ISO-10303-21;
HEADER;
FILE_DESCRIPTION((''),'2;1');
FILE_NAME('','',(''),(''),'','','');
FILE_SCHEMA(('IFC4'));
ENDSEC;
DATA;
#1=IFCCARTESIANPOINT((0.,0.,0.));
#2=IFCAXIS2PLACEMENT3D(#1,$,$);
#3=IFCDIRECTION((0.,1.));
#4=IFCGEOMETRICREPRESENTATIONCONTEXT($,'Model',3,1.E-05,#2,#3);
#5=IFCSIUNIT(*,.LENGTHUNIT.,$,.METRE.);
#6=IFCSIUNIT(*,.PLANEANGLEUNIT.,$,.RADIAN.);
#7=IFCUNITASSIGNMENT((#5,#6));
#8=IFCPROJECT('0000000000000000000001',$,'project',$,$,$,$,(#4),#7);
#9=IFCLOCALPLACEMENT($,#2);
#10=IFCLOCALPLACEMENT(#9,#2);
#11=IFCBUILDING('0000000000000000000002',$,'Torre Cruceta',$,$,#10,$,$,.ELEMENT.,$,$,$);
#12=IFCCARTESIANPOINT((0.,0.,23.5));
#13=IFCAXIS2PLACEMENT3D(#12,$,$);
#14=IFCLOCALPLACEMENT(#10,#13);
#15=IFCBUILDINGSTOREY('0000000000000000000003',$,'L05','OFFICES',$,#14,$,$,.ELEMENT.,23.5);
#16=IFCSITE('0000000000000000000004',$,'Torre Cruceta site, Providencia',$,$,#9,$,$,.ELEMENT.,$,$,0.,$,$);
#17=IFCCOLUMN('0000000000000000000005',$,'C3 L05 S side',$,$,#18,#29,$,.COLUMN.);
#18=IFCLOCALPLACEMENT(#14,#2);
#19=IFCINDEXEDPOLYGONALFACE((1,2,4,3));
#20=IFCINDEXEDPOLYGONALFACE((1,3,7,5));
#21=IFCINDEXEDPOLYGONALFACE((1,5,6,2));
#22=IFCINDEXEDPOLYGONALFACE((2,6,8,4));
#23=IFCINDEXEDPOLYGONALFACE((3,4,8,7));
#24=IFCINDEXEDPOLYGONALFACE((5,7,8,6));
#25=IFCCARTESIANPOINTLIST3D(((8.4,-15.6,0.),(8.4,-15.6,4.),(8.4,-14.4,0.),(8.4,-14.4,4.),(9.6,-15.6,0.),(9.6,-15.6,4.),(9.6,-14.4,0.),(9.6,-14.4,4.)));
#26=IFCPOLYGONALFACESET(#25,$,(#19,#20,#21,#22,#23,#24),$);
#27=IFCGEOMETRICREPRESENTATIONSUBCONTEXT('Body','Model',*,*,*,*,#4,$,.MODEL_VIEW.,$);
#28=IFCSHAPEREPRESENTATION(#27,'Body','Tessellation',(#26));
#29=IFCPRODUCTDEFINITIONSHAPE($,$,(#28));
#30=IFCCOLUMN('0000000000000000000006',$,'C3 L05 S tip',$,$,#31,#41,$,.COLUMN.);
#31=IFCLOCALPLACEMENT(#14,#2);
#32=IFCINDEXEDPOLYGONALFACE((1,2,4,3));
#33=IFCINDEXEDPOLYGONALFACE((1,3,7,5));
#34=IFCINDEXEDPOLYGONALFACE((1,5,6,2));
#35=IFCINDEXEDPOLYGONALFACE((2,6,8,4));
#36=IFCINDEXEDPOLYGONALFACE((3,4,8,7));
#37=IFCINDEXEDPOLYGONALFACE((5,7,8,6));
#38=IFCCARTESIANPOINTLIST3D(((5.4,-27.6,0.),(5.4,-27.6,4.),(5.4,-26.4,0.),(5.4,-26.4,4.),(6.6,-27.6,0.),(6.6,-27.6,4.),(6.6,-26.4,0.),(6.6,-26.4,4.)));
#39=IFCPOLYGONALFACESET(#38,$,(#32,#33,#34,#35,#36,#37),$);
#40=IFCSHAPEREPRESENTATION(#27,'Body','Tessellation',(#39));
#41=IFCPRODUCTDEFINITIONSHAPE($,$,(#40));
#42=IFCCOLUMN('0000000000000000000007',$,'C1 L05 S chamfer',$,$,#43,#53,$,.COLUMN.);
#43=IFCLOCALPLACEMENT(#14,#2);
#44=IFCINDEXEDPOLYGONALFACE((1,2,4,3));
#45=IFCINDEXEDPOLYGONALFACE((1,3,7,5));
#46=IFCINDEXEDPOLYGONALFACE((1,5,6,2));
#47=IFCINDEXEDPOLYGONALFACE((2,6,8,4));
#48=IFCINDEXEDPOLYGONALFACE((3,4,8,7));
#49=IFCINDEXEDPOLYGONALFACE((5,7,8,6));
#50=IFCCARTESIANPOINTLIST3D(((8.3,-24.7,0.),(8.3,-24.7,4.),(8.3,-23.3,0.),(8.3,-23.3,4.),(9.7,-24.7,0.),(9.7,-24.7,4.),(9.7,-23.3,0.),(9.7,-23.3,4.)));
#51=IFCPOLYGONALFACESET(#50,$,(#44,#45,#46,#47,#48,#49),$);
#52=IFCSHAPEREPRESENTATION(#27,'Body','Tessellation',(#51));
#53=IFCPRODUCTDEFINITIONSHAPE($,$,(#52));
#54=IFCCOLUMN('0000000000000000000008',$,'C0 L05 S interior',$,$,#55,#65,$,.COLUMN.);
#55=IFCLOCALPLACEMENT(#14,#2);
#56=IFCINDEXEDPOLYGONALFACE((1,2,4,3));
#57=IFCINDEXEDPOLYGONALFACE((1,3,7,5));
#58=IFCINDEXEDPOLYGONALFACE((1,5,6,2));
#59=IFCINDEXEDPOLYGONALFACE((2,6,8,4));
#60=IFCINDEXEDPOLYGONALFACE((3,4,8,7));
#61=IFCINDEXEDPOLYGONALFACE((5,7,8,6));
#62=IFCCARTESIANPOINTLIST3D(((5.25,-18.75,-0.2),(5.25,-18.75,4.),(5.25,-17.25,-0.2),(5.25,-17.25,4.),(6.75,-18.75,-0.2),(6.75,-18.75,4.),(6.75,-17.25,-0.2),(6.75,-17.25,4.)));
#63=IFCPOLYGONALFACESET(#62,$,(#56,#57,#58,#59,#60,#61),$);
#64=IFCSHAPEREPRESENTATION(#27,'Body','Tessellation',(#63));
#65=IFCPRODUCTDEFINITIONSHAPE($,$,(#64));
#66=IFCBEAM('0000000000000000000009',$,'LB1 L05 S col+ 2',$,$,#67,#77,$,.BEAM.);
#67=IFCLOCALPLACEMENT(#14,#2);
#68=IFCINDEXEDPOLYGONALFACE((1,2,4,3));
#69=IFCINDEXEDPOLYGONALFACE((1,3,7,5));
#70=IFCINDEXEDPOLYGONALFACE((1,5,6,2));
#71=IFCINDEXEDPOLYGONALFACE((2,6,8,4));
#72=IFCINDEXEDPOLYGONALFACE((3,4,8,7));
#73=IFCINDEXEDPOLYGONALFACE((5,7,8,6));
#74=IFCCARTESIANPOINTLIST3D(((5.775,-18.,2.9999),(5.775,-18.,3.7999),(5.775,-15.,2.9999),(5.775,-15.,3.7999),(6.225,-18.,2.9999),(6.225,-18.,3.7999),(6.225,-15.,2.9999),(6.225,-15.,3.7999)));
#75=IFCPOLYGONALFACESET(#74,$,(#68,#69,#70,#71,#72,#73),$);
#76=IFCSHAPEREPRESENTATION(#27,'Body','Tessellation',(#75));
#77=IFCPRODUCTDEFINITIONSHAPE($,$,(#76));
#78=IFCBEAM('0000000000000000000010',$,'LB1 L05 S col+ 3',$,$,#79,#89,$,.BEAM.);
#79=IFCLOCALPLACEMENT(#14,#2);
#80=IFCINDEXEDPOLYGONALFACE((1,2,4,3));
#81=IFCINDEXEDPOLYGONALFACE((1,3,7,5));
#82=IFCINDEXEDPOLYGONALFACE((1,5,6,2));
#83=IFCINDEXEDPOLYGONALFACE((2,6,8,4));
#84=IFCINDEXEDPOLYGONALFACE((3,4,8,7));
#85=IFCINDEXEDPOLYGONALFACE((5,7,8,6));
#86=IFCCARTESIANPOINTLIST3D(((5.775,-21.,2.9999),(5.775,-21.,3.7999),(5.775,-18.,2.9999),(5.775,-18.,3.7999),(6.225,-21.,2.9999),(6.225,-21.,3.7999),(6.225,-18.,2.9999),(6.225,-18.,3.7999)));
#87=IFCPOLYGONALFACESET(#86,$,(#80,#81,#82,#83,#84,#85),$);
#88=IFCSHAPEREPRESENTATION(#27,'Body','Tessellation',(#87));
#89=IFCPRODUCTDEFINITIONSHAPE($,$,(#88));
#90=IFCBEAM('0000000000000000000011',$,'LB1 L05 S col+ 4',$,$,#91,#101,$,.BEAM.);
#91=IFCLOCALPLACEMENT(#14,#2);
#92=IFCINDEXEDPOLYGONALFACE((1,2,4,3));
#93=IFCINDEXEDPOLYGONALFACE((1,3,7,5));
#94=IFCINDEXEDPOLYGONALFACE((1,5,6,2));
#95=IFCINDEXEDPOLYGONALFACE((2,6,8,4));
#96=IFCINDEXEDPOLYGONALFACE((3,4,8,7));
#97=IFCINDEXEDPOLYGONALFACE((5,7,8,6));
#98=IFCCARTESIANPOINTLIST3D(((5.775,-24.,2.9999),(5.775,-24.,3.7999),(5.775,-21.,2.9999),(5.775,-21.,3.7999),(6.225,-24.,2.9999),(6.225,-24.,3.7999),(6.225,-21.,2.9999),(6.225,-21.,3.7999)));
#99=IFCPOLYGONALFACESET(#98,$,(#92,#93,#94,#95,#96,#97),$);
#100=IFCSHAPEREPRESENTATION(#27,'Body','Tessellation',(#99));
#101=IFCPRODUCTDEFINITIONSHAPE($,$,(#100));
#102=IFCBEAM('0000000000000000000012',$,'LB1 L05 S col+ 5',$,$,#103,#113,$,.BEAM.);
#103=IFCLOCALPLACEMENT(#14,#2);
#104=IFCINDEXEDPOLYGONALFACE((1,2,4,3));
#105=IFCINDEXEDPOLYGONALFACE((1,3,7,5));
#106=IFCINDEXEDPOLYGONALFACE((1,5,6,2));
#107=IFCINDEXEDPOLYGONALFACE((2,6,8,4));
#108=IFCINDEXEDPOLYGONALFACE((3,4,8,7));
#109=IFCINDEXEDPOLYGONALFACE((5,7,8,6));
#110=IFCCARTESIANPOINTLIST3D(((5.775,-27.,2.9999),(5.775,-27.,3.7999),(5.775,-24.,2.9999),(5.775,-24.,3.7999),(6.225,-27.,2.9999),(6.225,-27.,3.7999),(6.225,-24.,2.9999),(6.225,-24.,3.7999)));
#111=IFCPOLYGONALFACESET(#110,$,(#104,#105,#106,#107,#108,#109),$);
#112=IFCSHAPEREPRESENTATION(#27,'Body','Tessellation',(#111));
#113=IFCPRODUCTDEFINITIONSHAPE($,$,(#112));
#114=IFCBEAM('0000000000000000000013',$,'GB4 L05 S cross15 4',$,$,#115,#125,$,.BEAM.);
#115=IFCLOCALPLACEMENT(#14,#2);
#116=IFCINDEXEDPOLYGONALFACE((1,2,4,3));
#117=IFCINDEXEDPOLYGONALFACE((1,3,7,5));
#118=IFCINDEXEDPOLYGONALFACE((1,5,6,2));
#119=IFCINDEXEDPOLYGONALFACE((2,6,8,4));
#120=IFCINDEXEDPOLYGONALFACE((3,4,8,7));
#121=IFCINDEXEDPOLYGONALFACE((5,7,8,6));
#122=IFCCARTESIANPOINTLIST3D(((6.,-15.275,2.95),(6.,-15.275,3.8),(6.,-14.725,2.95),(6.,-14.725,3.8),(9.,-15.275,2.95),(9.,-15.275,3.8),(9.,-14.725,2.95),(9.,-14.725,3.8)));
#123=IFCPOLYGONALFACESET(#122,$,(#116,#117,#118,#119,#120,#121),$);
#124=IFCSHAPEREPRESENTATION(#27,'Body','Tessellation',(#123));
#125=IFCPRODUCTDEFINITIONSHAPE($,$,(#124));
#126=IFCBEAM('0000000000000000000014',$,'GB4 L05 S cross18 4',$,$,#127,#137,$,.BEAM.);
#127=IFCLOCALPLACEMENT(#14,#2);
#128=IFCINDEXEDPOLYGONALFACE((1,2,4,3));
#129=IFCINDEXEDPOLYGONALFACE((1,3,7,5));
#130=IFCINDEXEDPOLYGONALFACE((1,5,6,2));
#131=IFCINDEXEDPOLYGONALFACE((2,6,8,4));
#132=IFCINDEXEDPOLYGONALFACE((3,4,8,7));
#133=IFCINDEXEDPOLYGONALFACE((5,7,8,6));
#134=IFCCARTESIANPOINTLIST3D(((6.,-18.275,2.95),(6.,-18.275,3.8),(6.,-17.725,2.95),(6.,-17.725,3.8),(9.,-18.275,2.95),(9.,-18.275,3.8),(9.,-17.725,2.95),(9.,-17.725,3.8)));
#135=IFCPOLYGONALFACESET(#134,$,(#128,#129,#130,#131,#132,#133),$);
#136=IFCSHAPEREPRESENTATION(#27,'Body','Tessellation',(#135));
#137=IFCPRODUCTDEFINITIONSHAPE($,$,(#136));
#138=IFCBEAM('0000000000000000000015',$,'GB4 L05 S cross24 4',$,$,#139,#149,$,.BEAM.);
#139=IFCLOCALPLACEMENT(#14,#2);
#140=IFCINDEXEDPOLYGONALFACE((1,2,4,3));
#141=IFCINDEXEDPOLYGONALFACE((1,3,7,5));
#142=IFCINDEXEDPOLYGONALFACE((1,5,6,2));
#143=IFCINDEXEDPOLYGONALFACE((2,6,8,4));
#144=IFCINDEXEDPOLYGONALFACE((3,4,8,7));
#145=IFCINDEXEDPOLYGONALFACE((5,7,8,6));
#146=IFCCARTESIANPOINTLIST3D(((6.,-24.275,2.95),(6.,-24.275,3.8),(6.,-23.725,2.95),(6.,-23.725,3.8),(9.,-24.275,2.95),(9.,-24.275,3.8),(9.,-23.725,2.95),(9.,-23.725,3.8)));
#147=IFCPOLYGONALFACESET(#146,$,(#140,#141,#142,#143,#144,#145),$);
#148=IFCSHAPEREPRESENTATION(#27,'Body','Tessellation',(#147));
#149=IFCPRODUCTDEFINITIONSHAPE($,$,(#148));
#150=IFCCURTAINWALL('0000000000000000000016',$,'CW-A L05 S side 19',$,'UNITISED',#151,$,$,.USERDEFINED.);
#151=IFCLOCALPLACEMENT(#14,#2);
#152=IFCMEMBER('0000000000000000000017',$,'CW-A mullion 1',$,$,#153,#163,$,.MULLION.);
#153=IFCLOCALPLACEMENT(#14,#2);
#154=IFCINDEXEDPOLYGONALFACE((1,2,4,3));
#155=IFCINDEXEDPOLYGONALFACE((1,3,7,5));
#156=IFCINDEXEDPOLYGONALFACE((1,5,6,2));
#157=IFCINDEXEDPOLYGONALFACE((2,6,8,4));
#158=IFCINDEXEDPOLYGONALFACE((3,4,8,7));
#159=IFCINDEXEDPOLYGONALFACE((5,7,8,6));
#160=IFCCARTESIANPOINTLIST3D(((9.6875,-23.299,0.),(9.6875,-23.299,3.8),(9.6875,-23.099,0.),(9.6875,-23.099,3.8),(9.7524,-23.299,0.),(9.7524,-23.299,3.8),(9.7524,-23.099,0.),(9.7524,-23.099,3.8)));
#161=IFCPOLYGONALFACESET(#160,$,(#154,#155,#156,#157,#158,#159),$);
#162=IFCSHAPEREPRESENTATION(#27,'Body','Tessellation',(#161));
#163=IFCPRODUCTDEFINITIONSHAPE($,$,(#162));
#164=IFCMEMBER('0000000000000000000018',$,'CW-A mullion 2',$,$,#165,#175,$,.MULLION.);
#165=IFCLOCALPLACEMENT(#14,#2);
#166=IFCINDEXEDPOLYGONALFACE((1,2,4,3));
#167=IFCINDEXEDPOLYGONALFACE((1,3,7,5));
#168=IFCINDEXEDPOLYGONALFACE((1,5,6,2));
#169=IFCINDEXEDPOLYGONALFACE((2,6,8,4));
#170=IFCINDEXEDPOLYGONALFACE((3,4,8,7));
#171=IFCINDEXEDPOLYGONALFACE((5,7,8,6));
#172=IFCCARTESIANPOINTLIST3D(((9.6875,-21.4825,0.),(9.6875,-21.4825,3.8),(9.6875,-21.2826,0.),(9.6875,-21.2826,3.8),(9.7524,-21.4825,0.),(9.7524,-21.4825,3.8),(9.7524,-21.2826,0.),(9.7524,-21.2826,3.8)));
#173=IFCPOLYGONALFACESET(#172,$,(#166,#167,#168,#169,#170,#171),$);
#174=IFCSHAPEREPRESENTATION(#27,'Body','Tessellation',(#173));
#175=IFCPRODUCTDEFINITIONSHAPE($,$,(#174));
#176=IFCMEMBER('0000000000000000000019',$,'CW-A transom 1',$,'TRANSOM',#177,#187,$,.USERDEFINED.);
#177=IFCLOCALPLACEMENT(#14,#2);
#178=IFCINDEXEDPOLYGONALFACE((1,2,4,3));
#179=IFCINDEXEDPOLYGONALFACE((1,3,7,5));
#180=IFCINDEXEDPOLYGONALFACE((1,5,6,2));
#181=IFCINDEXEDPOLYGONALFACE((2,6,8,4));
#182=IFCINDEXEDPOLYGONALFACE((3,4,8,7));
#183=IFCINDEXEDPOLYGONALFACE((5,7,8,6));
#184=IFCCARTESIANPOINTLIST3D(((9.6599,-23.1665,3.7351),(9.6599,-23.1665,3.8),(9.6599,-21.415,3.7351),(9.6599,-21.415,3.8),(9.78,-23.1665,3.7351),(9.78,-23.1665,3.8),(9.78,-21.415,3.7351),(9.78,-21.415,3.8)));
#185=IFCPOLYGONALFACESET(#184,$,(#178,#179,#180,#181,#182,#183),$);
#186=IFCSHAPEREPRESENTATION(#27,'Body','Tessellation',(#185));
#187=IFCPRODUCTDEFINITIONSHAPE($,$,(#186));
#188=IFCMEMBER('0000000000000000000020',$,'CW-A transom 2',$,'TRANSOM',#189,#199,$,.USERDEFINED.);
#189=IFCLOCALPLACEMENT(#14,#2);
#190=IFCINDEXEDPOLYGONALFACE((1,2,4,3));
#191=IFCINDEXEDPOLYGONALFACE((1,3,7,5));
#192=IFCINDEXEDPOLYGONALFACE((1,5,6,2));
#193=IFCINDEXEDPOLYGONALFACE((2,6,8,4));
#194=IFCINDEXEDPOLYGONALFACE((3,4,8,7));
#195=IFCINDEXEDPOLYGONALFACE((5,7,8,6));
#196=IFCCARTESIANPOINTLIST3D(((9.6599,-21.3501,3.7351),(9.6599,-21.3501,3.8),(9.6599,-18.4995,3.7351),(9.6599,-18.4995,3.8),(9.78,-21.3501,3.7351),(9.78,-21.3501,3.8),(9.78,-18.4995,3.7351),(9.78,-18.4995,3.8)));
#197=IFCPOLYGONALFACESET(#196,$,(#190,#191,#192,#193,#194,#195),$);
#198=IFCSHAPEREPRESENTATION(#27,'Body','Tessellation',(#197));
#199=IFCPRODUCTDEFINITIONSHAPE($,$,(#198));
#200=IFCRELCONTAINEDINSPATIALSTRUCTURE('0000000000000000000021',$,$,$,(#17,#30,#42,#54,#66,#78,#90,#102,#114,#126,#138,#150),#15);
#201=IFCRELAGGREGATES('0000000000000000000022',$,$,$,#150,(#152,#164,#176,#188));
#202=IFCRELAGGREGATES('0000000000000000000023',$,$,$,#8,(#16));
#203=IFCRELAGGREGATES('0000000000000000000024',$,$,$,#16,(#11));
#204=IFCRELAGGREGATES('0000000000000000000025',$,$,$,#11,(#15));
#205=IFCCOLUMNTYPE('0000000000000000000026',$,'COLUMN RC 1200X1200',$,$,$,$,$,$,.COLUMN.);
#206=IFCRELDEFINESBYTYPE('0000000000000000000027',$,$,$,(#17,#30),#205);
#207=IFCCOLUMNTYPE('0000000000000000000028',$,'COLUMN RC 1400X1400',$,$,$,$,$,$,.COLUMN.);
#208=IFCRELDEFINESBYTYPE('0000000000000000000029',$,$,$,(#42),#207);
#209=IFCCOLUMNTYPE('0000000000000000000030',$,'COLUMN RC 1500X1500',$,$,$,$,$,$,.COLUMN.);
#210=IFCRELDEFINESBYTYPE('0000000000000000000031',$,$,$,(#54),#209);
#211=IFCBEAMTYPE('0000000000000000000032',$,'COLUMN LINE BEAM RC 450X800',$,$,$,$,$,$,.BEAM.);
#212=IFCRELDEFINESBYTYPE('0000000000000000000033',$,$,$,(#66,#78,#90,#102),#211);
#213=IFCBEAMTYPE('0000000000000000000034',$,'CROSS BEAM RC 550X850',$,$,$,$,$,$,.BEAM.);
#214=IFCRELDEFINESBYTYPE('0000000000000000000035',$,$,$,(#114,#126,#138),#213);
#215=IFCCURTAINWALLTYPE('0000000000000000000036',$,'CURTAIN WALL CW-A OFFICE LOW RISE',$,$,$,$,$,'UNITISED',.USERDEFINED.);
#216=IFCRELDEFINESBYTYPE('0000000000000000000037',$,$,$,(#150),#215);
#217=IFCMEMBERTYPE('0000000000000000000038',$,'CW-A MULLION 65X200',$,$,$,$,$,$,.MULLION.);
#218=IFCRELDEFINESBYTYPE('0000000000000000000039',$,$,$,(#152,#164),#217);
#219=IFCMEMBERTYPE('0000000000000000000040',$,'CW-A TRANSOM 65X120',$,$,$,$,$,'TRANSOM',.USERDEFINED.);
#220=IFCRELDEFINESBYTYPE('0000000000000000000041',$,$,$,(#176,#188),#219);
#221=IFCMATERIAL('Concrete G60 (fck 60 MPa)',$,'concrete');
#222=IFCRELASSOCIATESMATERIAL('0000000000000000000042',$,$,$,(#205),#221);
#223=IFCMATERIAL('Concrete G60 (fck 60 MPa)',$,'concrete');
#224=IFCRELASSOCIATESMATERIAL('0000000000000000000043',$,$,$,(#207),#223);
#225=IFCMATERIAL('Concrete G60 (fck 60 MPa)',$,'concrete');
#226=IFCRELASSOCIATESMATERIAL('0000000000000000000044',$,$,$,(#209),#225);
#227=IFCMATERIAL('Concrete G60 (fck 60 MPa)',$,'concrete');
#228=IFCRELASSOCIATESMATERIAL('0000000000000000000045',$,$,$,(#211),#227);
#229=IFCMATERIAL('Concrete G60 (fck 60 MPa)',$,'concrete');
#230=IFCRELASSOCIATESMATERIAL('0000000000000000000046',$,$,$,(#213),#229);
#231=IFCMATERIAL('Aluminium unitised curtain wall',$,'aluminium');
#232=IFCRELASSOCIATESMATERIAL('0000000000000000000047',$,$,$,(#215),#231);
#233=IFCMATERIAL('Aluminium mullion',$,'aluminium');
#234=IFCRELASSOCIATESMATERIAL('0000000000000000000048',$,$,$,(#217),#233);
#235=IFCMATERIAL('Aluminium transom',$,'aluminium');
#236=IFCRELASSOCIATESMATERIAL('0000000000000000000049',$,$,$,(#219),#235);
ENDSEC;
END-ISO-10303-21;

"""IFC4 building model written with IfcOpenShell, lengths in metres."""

from ifc_helpers import new_model, si_unit, direction, frame, origin, origin_2d, place, context, subcontext, project, spatial, rectangle, extrude, material, material_profile, profile_set, type_object, element, aggregate, save


model = new_model("IFC4")

# Units and contexts
model_context = context("Model", 3, precision=1e-05, world=origin(), true_north=direction((0.0, 1.0)))
body_context = subcontext(model_context, "Body", "Model", "MODEL_VIEW")
ifc_project = project(units=[si_unit("LENGTHUNIT", "METRE"), si_unit("PLANEANGLEUNIT", "RADIAN")], contexts=[model_context])

# Site, building, storey
site_placement = place(None, origin())
site = spatial("IfcSite", under=ifc_project, at=site_placement, Name="Torre Cruceta site, Providencia", CompositionType="ELEMENT", RefElevation=0.0)
building_placement = place(site_placement, origin())
building = spatial("IfcBuilding", under=site, at=building_placement, Name="Torre Cruceta", CompositionType="ELEMENT")
storey_placement = place(building_placement, frame((0.0, 0.0, 23.5)))
storey = spatial("IfcBuildingStorey", under=building, at=storey_placement, Name="L05", Description="OFFICES", CompositionType="ELEMENT", Elevation=23.5)

# Columns
ifc_material_1 = material(Name="Concrete G60 (fck 60 MPa)", Category="concrete")
ifc_material_profile_1 = material_profile(ifc_material_1, rectangle(XDim=1.2, YDim=1.2, at=origin_2d()), Name="RC 1200X1200")
ifc_profile_set_1 = profile_set([ifc_material_profile_1], Name="Concrete G60 (fck 60 MPa)")
column_type_1 = type_object("IfcColumnType", Name="COLUMN RC 1200X1200", PredefinedType="COLUMN", material=ifc_profile_set_1)
for number, where, z_axis, x_axis, name in (
    (1, (9.0, -15.0, 0.0), (0.0, 0.0, 1.0), (1.0, 0.0, 0.0), "C3 L05 S side"),
    (2, (6.0, -27.0, 0.0), (0.0, 0.0, 1.0), (1.0, 0.0, 0.0), "C3 L05 S tip"),
):
    element("IfcColumn", number, at=place(storey_placement, frame(where, z_axis=z_axis, x_axis=x_axis)), inside=storey, type_object=column_type_1, Name=name, PredefinedType="COLUMN", context=body_context, shape_type="SweptSolid", body=[
        extrude(rectangle(XDim=1.2, YDim=1.2, at=origin_2d()), origin(), (0.0, 0.0, 1.0), 4.0),
    ])
ifc_material_2 = material(Name="Concrete G60 (fck 60 MPa)", Category="concrete")
ifc_material_profile_2 = material_profile(ifc_material_2, rectangle(XDim=1.3999, YDim=1.3999, at=origin_2d()), Name="RC 1400X1400")
ifc_profile_set_2 = profile_set([ifc_material_profile_2], Name="Concrete G60 (fck 60 MPa)")
column_type_2 = type_object("IfcColumnType", Name="COLUMN RC 1400X1400", PredefinedType="COLUMN", material=ifc_profile_set_2)
column_1_placement = place(storey_placement, frame((9.0, -24.0, 0.0), z_axis=(0.0, 0.0, 1.0), x_axis=(1.0, 0.0, 0.0)))
element("IfcColumn", 3, at=column_1_placement, inside=storey, type_object=column_type_2, Name="C1 L05 S chamfer", PredefinedType="COLUMN", context=body_context, shape_type="SweptSolid", body=[
    extrude(rectangle(XDim=1.3999, YDim=1.3999, at=origin_2d()), origin(), (0.0, 0.0, 1.0), 4.0),
])
ifc_material_3 = material(Name="Concrete G60 (fck 60 MPa)", Category="concrete")
ifc_material_profile_3 = material_profile(ifc_material_3, rectangle(XDim=1.5, YDim=1.5, at=origin_2d()), Name="RC 1500X1500")
ifc_profile_set_3 = profile_set([ifc_material_profile_3], Name="Concrete G60 (fck 60 MPa)")
column_type_3 = type_object("IfcColumnType", Name="COLUMN RC 1500X1500", PredefinedType="COLUMN", material=ifc_profile_set_3)
column_2_placement = place(storey_placement, frame((6.0, -18.0, -0.2), z_axis=(0.0, 0.0, 1.0), x_axis=(1.0, 0.0, 0.0)))
element("IfcColumn", 4, at=column_2_placement, inside=storey, type_object=column_type_3, Name="C0 L05 S interior", PredefinedType="COLUMN", context=body_context, shape_type="SweptSolid", body=[
    extrude(rectangle(XDim=1.5, YDim=1.5, at=origin_2d()), origin(), (0.0, 0.0, 1.0), 4.2),
])

# Beams
ifc_material_4 = material(Name="Concrete G60 (fck 60 MPa)", Category="concrete")
ifc_material_profile_4 = material_profile(ifc_material_4, rectangle(XDim=0.45, YDim=0.8, at=origin_2d()), Name="RC 450X800")
ifc_profile_set_4 = profile_set([ifc_material_profile_4], Name="Concrete G60 (fck 60 MPa)")
beam_type_1 = type_object("IfcBeamType", Name="COLUMN LINE BEAM RC 450X800", PredefinedType="BEAM", material=ifc_profile_set_4)
for number, where, z_axis, x_axis, name in (
    (5, (6.0, -15.0, 3.3999), (0.0, -1.0, 0.0), (1.0, 0.0, 0.0), "LB1 L05 S col+ 2"),
    (6, (6.0, -18.0, 3.3999), (0.0, -1.0, 0.0), (1.0, 0.0, 0.0), "LB1 L05 S col+ 3"),
    (7, (6.0, -21.0, 3.3999), (0.0, -1.0, 0.0), (1.0, 0.0, 0.0), "LB1 L05 S col+ 4"),
    (8, (6.0, -24.0, 3.3999), (0.0, -1.0, 0.0), (1.0, 0.0, 0.0), "LB1 L05 S col+ 5"),
):
    element("IfcBeam", number, at=place(storey_placement, frame(where, z_axis=z_axis, x_axis=x_axis)), inside=storey, type_object=beam_type_1, Name=name, PredefinedType="BEAM", context=body_context, shape_type="SweptSolid", body=[
        extrude(rectangle(XDim=0.45, YDim=0.8, at=origin_2d()), origin(), (0.0, 0.0, 1.0), 3.0),
    ])
ifc_material_5 = material(Name="Concrete G60 (fck 60 MPa)", Category="concrete")
ifc_material_profile_5 = material_profile(ifc_material_5, rectangle(XDim=0.55, YDim=0.8501, at=origin_2d()), Name="RC 550X850")
ifc_profile_set_5 = profile_set([ifc_material_profile_5], Name="Concrete G60 (fck 60 MPa)")
beam_type_2 = type_object("IfcBeamType", Name="CROSS BEAM RC 550X850", PredefinedType="BEAM", material=ifc_profile_set_5)
for number, where, z_axis, x_axis, name in (
    (9, (6.0, -15.0, 3.375), (1.0, 0.0, 0.0), (0.0, 1.0, 0.0), "GB4 L05 S cross15 4"),
    (10, (6.0, -18.0, 3.375), (1.0, 0.0, 0.0), (0.0, 1.0, 0.0), "GB4 L05 S cross18 4"),
    (11, (6.0, -24.0, 3.375), (1.0, 0.0, 0.0), (0.0, 1.0, 0.0), "GB4 L05 S cross24 4"),
):
    element("IfcBeam", number, at=place(storey_placement, frame(where, z_axis=z_axis, x_axis=x_axis)), inside=storey, type_object=beam_type_2, Name=name, PredefinedType="BEAM", context=body_context, shape_type="SweptSolid", body=[
        extrude(rectangle(XDim=0.55, YDim=0.8501, at=origin_2d()), origin(), (0.0, 0.0, 1.0), 3.0),
    ])

# Curtain wall, members
ifc_material_6 = material(Name="Aluminium unitised curtain wall", Category="aluminium")
curtain_wall_type = type_object("IfcCurtainWallType", Name="CURTAIN WALL CW-A OFFICE LOW RISE", ElementType="UNITISED", PredefinedType="USERDEFINED", material=ifc_material_6)
curtain_wall_placement = place(storey_placement, origin())
curtain_wall = element("IfcCurtainWall", 12, at=curtain_wall_placement, inside=storey, type_object=curtain_wall_type, Name="CW-A L05 S side 19", ObjectType="UNITISED", PredefinedType="USERDEFINED")
ifc_material_7 = material(Name="Aluminium mullion", Category="aluminium")
ifc_material_profile_6 = material_profile(ifc_material_7, rectangle(XDim=0.0649, YDim=0.2, at=origin_2d()), Name="AL 65X200")
ifc_profile_set_6 = profile_set([ifc_material_profile_6], Name="Aluminium mullion")
member_type_1 = type_object("IfcMemberType", Name="CW-A MULLION 65X200", PredefinedType="MULLION", material=ifc_profile_set_6)
member_1_placement = place(storey_placement, frame((9.72, -23.199, 0.0), z_axis=(0.0, 0.0, 1.0), x_axis=(-1.0, 0.0, 0.0)))
member_1 = element("IfcMember", 13, at=member_1_placement, type_object=member_type_1, Name="CW-A mullion 1", PredefinedType="MULLION", context=body_context, shape_type="SweptSolid", body=[
    extrude(rectangle(XDim=0.0649, YDim=0.2, at=origin_2d()), origin(), (0.0, 0.0, 1.0), 3.8),
])
member_2_placement = place(storey_placement, frame((9.72, -21.3826, 0.0), z_axis=(0.0, 0.0, 1.0), x_axis=(-1.0, 0.0, 0.0)))
member_2 = element("IfcMember", 14, at=member_2_placement, type_object=member_type_1, Name="CW-A mullion 2", PredefinedType="MULLION", context=body_context, shape_type="SweptSolid", body=[
    extrude(rectangle(XDim=0.0649, YDim=0.2, at=origin_2d()), origin(), (0.0, 0.0, 1.0), 3.8),
])
ifc_material_8 = material(Name="Aluminium transom", Category="aluminium")
ifc_material_profile_7 = material_profile(ifc_material_8, rectangle(XDim=0.1201, YDim=0.0649, at=origin_2d()), Name="AL 120X65")
ifc_profile_set_7 = profile_set([ifc_material_profile_7], Name="Aluminium transom")
member_type_2 = type_object("IfcMemberType", Name="CW-A TRANSOM 65X120", ElementType="TRANSOM", PredefinedType="USERDEFINED", material=ifc_profile_set_7)
member_3_placement = place(storey_placement, frame((9.72, -23.1665, 3.7676), z_axis=(0.0, 1.0, 0.0), x_axis=(-1.0, 0.0, 0.0)))
member_3 = element("IfcMember", 15, at=member_3_placement, type_object=member_type_2, Name="CW-A transom 1", ObjectType="TRANSOM", PredefinedType="USERDEFINED", context=body_context, shape_type="SweptSolid", body=[
    extrude(rectangle(XDim=0.1201, YDim=0.0649, at=origin_2d()), origin(), (0.0, 0.0, 1.0), 1.7515),
])
member_4_placement = place(storey_placement, frame((9.72, -21.3501, 3.7676), z_axis=(0.0, 1.0, 0.0), x_axis=(-1.0, 0.0, 0.0)))
member_4 = element("IfcMember", 16, at=member_4_placement, type_object=member_type_2, Name="CW-A transom 2", ObjectType="TRANSOM", PredefinedType="USERDEFINED", context=body_context, shape_type="SweptSolid", body=[
    extrude(rectangle(XDim=0.1201, YDim=0.0649, at=origin_2d()), origin(), (0.0, 0.0, 1.0), 2.8506),
])

aggregate(curtain_wall, [member_1, member_2, member_3, member_4])

save(model, "model.ifc")
